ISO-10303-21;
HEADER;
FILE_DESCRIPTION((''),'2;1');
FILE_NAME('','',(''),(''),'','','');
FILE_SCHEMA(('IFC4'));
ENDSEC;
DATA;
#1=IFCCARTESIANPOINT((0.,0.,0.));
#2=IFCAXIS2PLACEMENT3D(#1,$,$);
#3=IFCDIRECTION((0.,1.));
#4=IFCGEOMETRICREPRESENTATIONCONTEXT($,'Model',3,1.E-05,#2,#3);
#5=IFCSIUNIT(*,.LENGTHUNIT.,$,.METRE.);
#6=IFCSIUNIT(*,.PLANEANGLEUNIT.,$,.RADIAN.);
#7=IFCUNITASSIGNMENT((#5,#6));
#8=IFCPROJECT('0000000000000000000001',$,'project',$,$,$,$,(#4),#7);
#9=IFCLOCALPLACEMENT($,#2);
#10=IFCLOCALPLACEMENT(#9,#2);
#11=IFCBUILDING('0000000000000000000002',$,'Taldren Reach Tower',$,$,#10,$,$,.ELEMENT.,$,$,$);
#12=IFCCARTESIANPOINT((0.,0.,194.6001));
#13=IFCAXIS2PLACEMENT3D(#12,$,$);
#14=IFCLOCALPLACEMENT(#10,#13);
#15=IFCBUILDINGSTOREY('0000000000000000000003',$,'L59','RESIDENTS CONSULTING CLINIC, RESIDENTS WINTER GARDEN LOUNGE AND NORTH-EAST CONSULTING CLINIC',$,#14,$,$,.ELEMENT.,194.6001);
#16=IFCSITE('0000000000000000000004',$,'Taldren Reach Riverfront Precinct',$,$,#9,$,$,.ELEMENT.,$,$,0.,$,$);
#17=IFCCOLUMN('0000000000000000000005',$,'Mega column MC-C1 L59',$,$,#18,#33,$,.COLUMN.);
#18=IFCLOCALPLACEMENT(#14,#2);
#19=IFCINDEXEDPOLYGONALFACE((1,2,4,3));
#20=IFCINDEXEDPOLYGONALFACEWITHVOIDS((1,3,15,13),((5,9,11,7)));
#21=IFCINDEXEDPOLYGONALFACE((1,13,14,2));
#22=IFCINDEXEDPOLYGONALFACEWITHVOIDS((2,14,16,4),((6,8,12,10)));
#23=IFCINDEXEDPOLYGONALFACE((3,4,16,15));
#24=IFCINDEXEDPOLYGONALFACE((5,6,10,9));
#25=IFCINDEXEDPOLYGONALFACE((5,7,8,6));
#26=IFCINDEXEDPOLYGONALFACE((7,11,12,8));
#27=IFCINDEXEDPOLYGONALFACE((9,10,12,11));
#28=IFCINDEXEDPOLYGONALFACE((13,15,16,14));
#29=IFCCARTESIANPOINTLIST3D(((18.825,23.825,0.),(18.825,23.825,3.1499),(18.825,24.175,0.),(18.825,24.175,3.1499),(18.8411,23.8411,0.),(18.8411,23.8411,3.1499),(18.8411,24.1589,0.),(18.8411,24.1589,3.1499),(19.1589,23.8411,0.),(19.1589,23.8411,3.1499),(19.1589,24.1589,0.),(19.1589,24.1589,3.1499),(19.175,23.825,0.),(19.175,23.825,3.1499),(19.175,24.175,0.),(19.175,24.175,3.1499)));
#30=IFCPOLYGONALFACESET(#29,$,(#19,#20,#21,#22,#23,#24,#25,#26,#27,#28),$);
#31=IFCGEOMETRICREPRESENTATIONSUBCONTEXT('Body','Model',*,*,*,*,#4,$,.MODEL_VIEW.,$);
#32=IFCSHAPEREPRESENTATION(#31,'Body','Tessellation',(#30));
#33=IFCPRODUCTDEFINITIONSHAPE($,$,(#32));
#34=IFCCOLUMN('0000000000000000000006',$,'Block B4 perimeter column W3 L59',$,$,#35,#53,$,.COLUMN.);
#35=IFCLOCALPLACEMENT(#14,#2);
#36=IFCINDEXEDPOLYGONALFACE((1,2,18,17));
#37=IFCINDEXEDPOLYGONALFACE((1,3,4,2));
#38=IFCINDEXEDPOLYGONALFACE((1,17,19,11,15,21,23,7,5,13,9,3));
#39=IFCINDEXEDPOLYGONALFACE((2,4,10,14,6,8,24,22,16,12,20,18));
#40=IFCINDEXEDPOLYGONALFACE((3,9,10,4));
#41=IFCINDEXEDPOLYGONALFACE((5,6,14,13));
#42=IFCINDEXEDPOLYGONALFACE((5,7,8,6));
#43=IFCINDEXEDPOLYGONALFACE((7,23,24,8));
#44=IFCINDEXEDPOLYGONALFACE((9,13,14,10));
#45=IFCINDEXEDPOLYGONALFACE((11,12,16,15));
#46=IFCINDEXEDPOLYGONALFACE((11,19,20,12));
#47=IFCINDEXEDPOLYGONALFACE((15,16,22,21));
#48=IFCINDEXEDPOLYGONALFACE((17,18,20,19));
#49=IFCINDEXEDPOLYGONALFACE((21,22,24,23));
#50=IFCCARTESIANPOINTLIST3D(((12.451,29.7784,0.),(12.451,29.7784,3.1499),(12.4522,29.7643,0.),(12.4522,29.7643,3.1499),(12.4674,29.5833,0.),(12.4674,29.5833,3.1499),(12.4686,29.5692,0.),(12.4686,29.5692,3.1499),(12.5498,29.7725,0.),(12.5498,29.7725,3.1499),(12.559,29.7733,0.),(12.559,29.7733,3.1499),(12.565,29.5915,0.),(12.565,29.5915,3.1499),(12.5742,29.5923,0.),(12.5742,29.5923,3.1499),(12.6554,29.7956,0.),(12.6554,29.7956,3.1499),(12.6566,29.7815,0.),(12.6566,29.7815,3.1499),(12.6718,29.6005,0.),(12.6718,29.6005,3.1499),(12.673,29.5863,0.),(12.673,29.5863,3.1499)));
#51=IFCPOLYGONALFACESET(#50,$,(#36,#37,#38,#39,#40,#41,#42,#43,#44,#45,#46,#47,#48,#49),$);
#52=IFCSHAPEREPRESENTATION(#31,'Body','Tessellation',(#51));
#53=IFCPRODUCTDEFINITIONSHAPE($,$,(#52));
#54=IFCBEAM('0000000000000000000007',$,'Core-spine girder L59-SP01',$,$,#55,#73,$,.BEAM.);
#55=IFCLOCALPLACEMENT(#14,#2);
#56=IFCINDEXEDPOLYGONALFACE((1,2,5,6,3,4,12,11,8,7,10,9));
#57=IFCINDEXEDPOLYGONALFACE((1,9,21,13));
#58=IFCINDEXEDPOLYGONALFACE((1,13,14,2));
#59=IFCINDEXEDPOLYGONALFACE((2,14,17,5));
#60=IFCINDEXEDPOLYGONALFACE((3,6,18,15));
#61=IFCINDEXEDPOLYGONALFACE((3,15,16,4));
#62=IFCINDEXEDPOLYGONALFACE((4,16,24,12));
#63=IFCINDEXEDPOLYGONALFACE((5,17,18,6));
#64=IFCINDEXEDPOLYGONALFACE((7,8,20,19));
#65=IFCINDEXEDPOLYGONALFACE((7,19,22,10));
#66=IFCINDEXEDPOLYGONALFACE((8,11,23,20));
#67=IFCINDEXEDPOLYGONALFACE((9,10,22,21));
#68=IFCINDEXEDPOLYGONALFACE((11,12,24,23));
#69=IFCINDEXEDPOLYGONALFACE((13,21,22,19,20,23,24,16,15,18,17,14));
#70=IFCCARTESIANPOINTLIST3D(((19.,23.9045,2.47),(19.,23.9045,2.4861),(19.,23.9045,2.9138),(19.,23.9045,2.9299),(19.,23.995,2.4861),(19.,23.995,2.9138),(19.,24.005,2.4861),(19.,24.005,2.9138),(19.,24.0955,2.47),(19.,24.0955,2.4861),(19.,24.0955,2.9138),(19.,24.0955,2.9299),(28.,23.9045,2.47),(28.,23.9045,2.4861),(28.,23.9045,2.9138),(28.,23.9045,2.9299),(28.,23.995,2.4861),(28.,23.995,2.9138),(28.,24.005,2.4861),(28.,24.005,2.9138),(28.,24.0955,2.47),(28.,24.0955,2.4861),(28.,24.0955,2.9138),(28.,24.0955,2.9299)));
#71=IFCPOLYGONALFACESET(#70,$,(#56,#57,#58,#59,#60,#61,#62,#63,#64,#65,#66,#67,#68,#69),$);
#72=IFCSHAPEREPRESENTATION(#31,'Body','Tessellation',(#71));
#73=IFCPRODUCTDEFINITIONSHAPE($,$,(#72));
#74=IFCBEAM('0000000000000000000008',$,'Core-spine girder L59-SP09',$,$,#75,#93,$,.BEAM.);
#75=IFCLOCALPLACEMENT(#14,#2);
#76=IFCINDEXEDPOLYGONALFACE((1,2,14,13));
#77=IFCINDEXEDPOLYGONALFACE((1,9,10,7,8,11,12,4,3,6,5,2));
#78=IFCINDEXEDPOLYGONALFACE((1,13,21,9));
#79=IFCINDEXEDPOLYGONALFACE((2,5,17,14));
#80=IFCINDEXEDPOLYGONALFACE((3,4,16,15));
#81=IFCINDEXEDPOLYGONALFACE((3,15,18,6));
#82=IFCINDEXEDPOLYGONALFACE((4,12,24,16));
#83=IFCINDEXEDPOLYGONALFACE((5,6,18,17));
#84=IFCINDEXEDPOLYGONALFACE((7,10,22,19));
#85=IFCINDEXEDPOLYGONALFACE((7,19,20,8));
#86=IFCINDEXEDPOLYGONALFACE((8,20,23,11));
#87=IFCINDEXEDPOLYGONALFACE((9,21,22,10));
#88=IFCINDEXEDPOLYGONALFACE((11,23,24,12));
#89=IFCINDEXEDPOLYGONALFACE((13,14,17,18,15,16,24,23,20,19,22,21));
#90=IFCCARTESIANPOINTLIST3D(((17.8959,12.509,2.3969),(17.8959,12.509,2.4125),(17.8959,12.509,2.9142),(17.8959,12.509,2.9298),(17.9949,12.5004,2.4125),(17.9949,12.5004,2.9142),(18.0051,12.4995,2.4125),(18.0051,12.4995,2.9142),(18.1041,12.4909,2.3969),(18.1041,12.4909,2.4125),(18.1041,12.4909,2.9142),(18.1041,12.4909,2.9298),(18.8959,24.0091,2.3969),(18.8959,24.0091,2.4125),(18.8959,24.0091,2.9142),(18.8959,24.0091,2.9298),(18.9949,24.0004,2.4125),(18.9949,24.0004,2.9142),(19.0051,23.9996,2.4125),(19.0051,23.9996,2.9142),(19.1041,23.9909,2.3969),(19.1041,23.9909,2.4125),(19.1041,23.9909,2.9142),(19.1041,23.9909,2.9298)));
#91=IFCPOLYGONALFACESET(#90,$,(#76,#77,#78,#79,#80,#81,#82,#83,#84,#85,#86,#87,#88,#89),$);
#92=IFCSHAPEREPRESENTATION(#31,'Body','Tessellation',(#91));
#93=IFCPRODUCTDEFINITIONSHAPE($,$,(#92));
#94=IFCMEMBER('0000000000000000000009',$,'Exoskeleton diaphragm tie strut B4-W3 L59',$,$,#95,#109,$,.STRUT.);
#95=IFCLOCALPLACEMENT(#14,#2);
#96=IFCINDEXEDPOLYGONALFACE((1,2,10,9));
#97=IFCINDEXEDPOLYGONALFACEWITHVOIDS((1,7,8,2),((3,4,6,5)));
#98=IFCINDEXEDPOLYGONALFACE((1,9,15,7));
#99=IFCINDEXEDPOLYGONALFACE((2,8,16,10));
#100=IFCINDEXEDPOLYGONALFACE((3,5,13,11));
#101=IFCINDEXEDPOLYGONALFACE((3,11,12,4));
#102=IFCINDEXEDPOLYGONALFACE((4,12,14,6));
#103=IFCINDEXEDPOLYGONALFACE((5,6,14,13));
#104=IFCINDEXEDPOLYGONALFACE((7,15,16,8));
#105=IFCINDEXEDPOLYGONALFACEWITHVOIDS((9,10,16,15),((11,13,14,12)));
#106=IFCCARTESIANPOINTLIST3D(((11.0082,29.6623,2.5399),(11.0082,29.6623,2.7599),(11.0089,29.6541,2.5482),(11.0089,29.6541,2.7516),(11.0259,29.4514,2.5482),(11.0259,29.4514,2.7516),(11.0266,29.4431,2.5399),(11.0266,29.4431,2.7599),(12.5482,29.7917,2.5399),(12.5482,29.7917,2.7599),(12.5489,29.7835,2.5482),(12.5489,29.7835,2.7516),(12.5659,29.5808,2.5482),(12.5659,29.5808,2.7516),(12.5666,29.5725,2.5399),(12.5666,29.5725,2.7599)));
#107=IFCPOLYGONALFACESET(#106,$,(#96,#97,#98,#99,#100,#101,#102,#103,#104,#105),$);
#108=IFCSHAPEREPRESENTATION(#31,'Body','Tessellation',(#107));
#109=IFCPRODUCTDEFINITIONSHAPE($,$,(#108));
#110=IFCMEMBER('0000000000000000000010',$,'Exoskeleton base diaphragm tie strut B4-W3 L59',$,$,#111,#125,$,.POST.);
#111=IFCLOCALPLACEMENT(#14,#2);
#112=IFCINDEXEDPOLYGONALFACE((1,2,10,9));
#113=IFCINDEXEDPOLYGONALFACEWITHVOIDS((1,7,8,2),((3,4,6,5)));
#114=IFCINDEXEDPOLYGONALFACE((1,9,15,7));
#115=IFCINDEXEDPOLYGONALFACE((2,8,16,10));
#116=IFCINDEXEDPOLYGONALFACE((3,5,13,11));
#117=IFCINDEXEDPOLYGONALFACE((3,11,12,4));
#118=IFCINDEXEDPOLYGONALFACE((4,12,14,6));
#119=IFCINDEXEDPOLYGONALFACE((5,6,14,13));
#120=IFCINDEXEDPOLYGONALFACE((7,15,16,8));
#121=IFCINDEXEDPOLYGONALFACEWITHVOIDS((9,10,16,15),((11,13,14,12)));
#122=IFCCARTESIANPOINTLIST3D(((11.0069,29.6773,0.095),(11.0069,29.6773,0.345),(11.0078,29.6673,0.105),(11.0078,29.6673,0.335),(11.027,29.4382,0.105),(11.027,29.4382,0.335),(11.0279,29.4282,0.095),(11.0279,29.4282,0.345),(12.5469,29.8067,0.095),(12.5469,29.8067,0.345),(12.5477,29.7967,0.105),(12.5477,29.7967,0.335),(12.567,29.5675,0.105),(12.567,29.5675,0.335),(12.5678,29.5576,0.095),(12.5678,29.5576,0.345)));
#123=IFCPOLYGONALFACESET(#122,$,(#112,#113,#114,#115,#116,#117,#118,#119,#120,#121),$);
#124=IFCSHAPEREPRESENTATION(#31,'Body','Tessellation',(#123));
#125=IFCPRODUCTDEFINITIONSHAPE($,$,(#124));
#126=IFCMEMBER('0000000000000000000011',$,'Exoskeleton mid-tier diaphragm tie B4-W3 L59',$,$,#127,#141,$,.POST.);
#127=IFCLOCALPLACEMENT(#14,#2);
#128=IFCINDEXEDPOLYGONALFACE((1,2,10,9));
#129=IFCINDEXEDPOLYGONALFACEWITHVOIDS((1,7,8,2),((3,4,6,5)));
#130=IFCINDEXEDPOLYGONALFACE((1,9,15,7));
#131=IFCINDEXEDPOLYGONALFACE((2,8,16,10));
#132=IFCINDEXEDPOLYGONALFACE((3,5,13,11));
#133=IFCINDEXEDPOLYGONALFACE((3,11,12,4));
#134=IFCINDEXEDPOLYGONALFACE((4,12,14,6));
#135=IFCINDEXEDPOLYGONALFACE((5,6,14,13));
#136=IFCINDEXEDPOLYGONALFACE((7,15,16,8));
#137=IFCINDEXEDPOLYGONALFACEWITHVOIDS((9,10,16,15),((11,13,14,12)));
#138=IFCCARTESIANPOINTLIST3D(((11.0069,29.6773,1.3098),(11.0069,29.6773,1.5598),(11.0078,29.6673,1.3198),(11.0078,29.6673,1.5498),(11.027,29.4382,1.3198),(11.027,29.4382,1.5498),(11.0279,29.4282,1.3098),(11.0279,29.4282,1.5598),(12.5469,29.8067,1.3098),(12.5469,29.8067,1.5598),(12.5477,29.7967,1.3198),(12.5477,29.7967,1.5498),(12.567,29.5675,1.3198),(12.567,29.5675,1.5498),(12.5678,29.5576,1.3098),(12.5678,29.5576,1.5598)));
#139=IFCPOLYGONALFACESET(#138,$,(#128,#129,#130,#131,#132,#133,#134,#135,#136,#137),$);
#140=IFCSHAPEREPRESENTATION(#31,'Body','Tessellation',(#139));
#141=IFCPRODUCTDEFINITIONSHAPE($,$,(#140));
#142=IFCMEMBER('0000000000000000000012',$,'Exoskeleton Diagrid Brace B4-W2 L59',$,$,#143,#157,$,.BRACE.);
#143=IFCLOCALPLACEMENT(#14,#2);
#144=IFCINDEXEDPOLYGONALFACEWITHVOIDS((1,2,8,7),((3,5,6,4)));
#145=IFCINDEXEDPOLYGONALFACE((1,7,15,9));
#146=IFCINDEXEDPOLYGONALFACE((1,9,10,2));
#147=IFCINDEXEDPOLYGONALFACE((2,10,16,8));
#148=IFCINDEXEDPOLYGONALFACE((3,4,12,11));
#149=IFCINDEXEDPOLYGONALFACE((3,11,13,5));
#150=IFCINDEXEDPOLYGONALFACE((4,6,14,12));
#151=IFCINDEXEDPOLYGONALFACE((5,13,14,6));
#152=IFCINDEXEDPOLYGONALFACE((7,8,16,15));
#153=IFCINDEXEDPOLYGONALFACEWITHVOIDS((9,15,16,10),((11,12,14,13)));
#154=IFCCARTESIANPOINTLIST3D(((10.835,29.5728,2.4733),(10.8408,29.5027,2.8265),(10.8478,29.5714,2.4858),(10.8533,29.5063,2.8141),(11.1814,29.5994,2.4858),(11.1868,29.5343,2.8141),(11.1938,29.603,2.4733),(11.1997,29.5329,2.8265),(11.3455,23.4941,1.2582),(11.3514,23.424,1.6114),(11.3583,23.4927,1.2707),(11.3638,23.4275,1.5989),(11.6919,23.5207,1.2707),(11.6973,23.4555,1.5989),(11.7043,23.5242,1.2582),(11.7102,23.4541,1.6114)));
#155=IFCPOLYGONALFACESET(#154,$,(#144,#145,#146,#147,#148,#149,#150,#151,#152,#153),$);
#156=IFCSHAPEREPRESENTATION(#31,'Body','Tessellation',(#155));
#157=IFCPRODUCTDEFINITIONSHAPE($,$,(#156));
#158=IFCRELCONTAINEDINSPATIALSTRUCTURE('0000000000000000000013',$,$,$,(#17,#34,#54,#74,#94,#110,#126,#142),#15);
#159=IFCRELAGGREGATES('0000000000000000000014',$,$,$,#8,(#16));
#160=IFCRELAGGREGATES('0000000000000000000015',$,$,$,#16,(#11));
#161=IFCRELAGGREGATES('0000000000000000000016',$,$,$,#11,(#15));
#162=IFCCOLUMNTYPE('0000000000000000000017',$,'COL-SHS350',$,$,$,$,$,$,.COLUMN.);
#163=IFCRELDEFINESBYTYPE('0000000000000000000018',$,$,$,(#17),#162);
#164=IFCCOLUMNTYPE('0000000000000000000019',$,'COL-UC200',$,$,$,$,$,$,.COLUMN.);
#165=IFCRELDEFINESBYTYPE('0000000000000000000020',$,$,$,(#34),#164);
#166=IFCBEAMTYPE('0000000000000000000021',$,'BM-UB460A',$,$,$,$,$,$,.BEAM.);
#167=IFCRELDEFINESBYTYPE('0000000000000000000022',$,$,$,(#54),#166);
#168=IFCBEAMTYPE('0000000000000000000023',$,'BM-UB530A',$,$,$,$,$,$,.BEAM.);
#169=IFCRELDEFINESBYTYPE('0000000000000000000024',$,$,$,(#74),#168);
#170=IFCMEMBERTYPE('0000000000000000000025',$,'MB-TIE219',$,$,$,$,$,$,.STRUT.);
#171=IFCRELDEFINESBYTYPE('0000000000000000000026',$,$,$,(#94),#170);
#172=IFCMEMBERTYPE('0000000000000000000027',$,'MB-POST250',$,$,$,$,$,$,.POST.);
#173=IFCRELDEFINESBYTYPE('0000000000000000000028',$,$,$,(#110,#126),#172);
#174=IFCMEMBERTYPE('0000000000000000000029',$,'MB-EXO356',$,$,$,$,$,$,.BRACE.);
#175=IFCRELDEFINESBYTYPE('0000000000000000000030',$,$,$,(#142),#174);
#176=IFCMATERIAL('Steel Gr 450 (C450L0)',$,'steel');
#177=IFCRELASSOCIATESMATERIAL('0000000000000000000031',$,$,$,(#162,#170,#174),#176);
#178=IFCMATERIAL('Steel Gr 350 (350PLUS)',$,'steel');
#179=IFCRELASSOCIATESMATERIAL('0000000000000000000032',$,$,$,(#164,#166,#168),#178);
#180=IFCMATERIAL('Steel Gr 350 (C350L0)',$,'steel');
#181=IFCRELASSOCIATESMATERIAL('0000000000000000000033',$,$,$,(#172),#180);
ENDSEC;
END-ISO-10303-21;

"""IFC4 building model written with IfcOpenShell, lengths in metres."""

from ifc_helpers import new_model, si_unit, direction, frame, origin, origin_2d, place, context, subcontext, project, spatial, hollow_rectangle, i_section, extrude, source, transform, mapped, material, material_profile, profile_set, type_object, element, save


model = new_model("IFC4")

# Units and contexts
model_context = context("Model", 3, precision=1e-05, world=origin(), true_north=direction((0.0, 1.0)))
body_context = subcontext(model_context, "Body", "Model", "MODEL_VIEW")
ifc_project = project(units=[si_unit("LENGTHUNIT", "METRE"), si_unit("PLANEANGLEUNIT", "RADIAN")], contexts=[model_context])

# Site, building, storey
site_placement = place(None, origin())
site = spatial("IfcSite", under=ifc_project, at=site_placement, Name="Taldren Reach Riverfront Precinct", CompositionType="ELEMENT", RefElevation=0.0)
building_placement = place(site_placement, origin())
building = spatial("IfcBuilding", under=site, at=building_placement, Name="Taldren Reach Tower", CompositionType="ELEMENT")
storey_placement = place(building_placement, frame((0.0, 0.0, 194.6001)))
storey = spatial("IfcBuildingStorey", under=building, at=storey_placement, Name="L59", Description="RESIDENTS CONSULTING CLINIC, RESIDENTS WINTER GARDEN LOUNGE AND NORTH-EAST CONSULTING CLINIC", CompositionType="ELEMENT", Elevation=194.6001)

# Columns
ifc_material_1 = material(Name="Steel Gr 450 (C450L0)", Category="steel")
ifc_material_profile_1 = material_profile(ifc_material_1, hollow_rectangle(XDim=0.3501, YDim=0.3501, WallThickness=0.0161, at=origin_2d()), Name="350x350x16.0SHS")
ifc_profile_set_1 = profile_set([ifc_material_profile_1], Name="Steel Gr 450 (C450L0)")
column_type_1 = type_object("IfcColumnType", Name="COL-SHS350", PredefinedType="COLUMN", material=ifc_profile_set_1)
shared_shape_1 = source(origin(), body_context, "Body", "SweptSolid", [
    extrude(hollow_rectangle(XDim=0.3501, YDim=0.3501, WallThickness=0.0161, at=origin_2d()), origin(), (0.0, 0.0, 1.0), 3.1499),
])
column_1_placement = place(storey_placement, frame((19.0, 24.0, 0.0), z_axis=(0.0, 0.0, 1.0), x_axis=(1.0, 0.0, 0.0)))
element("IfcColumn", 1, at=column_1_placement, inside=storey, type_object=column_type_1, Name="Mega column MC-C1 L59", PredefinedType="COLUMN", context=body_context, shape_type="MappedRepresentation", body=[
    mapped(shared_shape_1, transform((0.0, 0.0, 0.0), scale=1.0)),
])
ifc_material_2 = material(Name="Steel Gr 350 (350PLUS)", Category="steel")
ifc_material_profile_2 = material_profile(ifc_material_2, i_section(OverallWidth=0.2051, OverallDepth=0.21, WebThickness=0.0093, FlangeThickness=0.0142, at=origin_2d()), Name="200UC59.5")
ifc_profile_set_2 = profile_set([ifc_material_profile_2], Name="Steel Gr 350 (350PLUS)")
column_type_2 = type_object("IfcColumnType", Name="COL-UC200", PredefinedType="COLUMN", material=ifc_profile_set_2)
shared_shape_2 = source(origin(), body_context, "Body", "SweptSolid", [
    extrude(i_section(OverallWidth=0.2051, OverallDepth=0.21, WebThickness=0.0093, FlangeThickness=0.0142, at=origin_2d()), origin(), (0.0, 0.0, 1.0), 3.1499),
])
column_2_placement = place(storey_placement, frame((12.562, 29.6824, 0.0), z_axis=(0.0, 0.0, 1.0), x_axis=(0.996493, 0.083678, 0.0)))
element("IfcColumn", 2, at=column_2_placement, inside=storey, type_object=column_type_2, Name="Block B4 perimeter column W3 L59", PredefinedType="COLUMN", context=body_context, shape_type="MappedRepresentation", body=[
    mapped(shared_shape_2, transform((0.0, 0.0, 0.0), scale=1.0)),
])

# Beams
ifc_material_profile_3 = material_profile(ifc_material_2, i_section(OverallWidth=0.1909, OverallDepth=0.46, WebThickness=0.01, FlangeThickness=0.0161, at=origin_2d()), Name="460UB82.1")
ifc_profile_set_3 = profile_set([ifc_material_profile_3], Name="Steel Gr 350 (350PLUS)")
beam_type_1 = type_object("IfcBeamType", Name="BM-UB460A", PredefinedType="BEAM", material=ifc_profile_set_3)
shared_shape_3 = source(origin(), body_context, "Body", "SweptSolid", [
    extrude(i_section(OverallWidth=0.1909, OverallDepth=0.46, WebThickness=0.01, FlangeThickness=0.0161, at=origin_2d()), origin(), (0.0, 0.0, 1.0), 9.0),
])
beam_1_placement = place(storey_placement, frame((19.0, 24.0, 2.7), z_axis=(1.0, 0.0, 0.0), x_axis=(0.0, 1.0, 0.0)))
element("IfcBeam", 3, at=beam_1_placement, inside=storey, type_object=beam_type_1, Name="Core-spine girder L59-SP01", PredefinedType="BEAM", context=body_context, shape_type="MappedRepresentation", body=[
    mapped(shared_shape_3, transform((0.0, 0.0, 0.0), scale=1.0)),
])
ifc_material_profile_4 = material_profile(ifc_material_2, i_section(OverallWidth=0.209, OverallDepth=0.533, WebThickness=0.0103, FlangeThickness=0.0156, at=origin_2d()), Name="530UB92.4")
ifc_profile_set_4 = profile_set([ifc_material_profile_4], Name="Steel Gr 350 (350PLUS)")
beam_type_2 = type_object("IfcBeamType", Name="BM-UB530A", PredefinedType="BEAM", material=ifc_profile_set_4)
shared_shape_4 = source(origin(), body_context, "Body", "SweptSolid", [
    extrude(i_section(OverallWidth=0.209, OverallDepth=0.533, WebThickness=0.0103, FlangeThickness=0.0156, at=origin_2d()), origin(), (0.0, 0.0, 1.0), 11.5435),
])
beam_2_placement = place(storey_placement, frame((19.0, 24.0, 2.6633), z_axis=(-0.08663, -0.996241, 0.0), x_axis=(0.996241, -0.08663, 0.0)))
element("IfcBeam", 4, at=beam_2_placement, inside=storey, type_object=beam_type_2, Name="Core-spine girder L59-SP09", PredefinedType="BEAM", context=body_context, shape_type="MappedRepresentation", body=[
    mapped(shared_shape_4, transform((0.0, 0.0, 0.0), scale=1.0)),
])

# Members
ifc_material_profile_5 = material_profile(ifc_material_1, hollow_rectangle(XDim=0.22, YDim=0.22, WallThickness=0.0083, at=origin_2d()), Name="220x220x8.2SHS")
ifc_profile_set_5 = profile_set([ifc_material_profile_5], Name="Steel Gr 450 (C450L0)")
member_type_1 = type_object("IfcMemberType", Name="MB-TIE219", PredefinedType="STRUT", material=ifc_profile_set_5)
shared_shape_5 = source(origin(), body_context, "Body", "SweptSolid", [
    extrude(hollow_rectangle(XDim=0.22, YDim=0.22, WallThickness=0.0083, at=origin_2d()), origin(), (0.0, 0.0, 1.0), 1.5454),
])
member_1_placement = place(storey_placement, frame((12.5574, 29.6821, 2.6499), z_axis=(-0.996489, -0.083725, 0.0), x_axis=(0.083725, -0.996489, 0.0)))
element("IfcMember", 5, at=member_1_placement, inside=storey, type_object=member_type_1, Name="Exoskeleton diaphragm tie strut B4-W3 L59", PredefinedType="STRUT", context=body_context, shape_type="MappedRepresentation", body=[
    mapped(shared_shape_5, transform((0.0, 0.0, 0.0), scale=1.0)),
])
ifc_material_3 = material(Name="Steel Gr 350 (C350L0)", Category="steel")
ifc_material_profile_6 = material_profile(ifc_material_3, hollow_rectangle(XDim=0.25, YDim=0.25, WallThickness=0.01, at=origin_2d()), Name="250x250x10.0SHS")
ifc_profile_set_6 = profile_set([ifc_material_profile_6], Name="Steel Gr 350 (C350L0)")
member_type_2 = type_object("IfcMemberType", Name="MB-POST250", PredefinedType="POST", material=ifc_profile_set_6)
shared_shape_6 = source(origin(), body_context, "Body", "SweptSolid", [
    extrude(hollow_rectangle(XDim=0.25, YDim=0.25, WallThickness=0.01, at=origin_2d()), origin(), (0.0, 0.0, 1.0), 1.5454),
])
for number, where, z_axis, x_axis, name in (
    (6, (12.5574, 29.6821, 0.22), (-0.996489, -0.083725, 0.0), (0.083725, -0.996489, 0.0), "Exoskeleton base diaphragm tie strut B4-W3 L59"),
    (7, (12.5574, 29.6821, 1.4348), (-0.996489, -0.083725, 0.0), (0.083725, -0.996489, 0.0), "Exoskeleton mid-tier diaphragm tie B4-W3 L59"),
):
    element("IfcMember", number, at=place(storey_placement, frame(where, z_axis=z_axis, x_axis=x_axis)), inside=storey, type_object=member_type_2, Name=name, PredefinedType="POST", context=body_context, shape_type="MappedRepresentation", body=[
        mapped(shared_shape_6, transform((0.0, 0.0, 0.0), scale=1.0)),
    ])
ifc_material_profile_7 = material_profile(ifc_material_1, hollow_rectangle(XDim=0.3601, YDim=0.3601, WallThickness=0.0127, at=origin_2d()), Name="360x360x12.7SHS")
ifc_profile_set_7 = profile_set([ifc_material_profile_7], Name="Steel Gr 450 (C450L0)")
member_type_3 = type_object("IfcMemberType", Name="MB-EXO356", PredefinedType="BRACE", material=ifc_profile_set_7)
shared_shape_7 = source(origin(), body_context, "Body", "SweptSolid", [
    extrude(hollow_rectangle(XDim=0.3601, YDim=0.3601, WallThickness=0.0127, at=origin_2d()), origin(), (0.0, 0.0, 1.0), 6.22),
])
member_2_placement = place(storey_placement, frame((11.5278, 23.4741, 1.4348), z_axis=(-0.082076, 0.977292, 0.195356), x_axis=(-0.996492, -0.083688, 0.0)))
element("IfcMember", 8, at=member_2_placement, inside=storey, type_object=member_type_3, Name="Exoskeleton Diagrid Brace B4-W2 L59", PredefinedType="BRACE", context=body_context, shape_type="MappedRepresentation", body=[
    mapped(shared_shape_7, transform((0.0, 0.0, 0.0), scale=1.0)),
])

save(model, "model.ifc")
